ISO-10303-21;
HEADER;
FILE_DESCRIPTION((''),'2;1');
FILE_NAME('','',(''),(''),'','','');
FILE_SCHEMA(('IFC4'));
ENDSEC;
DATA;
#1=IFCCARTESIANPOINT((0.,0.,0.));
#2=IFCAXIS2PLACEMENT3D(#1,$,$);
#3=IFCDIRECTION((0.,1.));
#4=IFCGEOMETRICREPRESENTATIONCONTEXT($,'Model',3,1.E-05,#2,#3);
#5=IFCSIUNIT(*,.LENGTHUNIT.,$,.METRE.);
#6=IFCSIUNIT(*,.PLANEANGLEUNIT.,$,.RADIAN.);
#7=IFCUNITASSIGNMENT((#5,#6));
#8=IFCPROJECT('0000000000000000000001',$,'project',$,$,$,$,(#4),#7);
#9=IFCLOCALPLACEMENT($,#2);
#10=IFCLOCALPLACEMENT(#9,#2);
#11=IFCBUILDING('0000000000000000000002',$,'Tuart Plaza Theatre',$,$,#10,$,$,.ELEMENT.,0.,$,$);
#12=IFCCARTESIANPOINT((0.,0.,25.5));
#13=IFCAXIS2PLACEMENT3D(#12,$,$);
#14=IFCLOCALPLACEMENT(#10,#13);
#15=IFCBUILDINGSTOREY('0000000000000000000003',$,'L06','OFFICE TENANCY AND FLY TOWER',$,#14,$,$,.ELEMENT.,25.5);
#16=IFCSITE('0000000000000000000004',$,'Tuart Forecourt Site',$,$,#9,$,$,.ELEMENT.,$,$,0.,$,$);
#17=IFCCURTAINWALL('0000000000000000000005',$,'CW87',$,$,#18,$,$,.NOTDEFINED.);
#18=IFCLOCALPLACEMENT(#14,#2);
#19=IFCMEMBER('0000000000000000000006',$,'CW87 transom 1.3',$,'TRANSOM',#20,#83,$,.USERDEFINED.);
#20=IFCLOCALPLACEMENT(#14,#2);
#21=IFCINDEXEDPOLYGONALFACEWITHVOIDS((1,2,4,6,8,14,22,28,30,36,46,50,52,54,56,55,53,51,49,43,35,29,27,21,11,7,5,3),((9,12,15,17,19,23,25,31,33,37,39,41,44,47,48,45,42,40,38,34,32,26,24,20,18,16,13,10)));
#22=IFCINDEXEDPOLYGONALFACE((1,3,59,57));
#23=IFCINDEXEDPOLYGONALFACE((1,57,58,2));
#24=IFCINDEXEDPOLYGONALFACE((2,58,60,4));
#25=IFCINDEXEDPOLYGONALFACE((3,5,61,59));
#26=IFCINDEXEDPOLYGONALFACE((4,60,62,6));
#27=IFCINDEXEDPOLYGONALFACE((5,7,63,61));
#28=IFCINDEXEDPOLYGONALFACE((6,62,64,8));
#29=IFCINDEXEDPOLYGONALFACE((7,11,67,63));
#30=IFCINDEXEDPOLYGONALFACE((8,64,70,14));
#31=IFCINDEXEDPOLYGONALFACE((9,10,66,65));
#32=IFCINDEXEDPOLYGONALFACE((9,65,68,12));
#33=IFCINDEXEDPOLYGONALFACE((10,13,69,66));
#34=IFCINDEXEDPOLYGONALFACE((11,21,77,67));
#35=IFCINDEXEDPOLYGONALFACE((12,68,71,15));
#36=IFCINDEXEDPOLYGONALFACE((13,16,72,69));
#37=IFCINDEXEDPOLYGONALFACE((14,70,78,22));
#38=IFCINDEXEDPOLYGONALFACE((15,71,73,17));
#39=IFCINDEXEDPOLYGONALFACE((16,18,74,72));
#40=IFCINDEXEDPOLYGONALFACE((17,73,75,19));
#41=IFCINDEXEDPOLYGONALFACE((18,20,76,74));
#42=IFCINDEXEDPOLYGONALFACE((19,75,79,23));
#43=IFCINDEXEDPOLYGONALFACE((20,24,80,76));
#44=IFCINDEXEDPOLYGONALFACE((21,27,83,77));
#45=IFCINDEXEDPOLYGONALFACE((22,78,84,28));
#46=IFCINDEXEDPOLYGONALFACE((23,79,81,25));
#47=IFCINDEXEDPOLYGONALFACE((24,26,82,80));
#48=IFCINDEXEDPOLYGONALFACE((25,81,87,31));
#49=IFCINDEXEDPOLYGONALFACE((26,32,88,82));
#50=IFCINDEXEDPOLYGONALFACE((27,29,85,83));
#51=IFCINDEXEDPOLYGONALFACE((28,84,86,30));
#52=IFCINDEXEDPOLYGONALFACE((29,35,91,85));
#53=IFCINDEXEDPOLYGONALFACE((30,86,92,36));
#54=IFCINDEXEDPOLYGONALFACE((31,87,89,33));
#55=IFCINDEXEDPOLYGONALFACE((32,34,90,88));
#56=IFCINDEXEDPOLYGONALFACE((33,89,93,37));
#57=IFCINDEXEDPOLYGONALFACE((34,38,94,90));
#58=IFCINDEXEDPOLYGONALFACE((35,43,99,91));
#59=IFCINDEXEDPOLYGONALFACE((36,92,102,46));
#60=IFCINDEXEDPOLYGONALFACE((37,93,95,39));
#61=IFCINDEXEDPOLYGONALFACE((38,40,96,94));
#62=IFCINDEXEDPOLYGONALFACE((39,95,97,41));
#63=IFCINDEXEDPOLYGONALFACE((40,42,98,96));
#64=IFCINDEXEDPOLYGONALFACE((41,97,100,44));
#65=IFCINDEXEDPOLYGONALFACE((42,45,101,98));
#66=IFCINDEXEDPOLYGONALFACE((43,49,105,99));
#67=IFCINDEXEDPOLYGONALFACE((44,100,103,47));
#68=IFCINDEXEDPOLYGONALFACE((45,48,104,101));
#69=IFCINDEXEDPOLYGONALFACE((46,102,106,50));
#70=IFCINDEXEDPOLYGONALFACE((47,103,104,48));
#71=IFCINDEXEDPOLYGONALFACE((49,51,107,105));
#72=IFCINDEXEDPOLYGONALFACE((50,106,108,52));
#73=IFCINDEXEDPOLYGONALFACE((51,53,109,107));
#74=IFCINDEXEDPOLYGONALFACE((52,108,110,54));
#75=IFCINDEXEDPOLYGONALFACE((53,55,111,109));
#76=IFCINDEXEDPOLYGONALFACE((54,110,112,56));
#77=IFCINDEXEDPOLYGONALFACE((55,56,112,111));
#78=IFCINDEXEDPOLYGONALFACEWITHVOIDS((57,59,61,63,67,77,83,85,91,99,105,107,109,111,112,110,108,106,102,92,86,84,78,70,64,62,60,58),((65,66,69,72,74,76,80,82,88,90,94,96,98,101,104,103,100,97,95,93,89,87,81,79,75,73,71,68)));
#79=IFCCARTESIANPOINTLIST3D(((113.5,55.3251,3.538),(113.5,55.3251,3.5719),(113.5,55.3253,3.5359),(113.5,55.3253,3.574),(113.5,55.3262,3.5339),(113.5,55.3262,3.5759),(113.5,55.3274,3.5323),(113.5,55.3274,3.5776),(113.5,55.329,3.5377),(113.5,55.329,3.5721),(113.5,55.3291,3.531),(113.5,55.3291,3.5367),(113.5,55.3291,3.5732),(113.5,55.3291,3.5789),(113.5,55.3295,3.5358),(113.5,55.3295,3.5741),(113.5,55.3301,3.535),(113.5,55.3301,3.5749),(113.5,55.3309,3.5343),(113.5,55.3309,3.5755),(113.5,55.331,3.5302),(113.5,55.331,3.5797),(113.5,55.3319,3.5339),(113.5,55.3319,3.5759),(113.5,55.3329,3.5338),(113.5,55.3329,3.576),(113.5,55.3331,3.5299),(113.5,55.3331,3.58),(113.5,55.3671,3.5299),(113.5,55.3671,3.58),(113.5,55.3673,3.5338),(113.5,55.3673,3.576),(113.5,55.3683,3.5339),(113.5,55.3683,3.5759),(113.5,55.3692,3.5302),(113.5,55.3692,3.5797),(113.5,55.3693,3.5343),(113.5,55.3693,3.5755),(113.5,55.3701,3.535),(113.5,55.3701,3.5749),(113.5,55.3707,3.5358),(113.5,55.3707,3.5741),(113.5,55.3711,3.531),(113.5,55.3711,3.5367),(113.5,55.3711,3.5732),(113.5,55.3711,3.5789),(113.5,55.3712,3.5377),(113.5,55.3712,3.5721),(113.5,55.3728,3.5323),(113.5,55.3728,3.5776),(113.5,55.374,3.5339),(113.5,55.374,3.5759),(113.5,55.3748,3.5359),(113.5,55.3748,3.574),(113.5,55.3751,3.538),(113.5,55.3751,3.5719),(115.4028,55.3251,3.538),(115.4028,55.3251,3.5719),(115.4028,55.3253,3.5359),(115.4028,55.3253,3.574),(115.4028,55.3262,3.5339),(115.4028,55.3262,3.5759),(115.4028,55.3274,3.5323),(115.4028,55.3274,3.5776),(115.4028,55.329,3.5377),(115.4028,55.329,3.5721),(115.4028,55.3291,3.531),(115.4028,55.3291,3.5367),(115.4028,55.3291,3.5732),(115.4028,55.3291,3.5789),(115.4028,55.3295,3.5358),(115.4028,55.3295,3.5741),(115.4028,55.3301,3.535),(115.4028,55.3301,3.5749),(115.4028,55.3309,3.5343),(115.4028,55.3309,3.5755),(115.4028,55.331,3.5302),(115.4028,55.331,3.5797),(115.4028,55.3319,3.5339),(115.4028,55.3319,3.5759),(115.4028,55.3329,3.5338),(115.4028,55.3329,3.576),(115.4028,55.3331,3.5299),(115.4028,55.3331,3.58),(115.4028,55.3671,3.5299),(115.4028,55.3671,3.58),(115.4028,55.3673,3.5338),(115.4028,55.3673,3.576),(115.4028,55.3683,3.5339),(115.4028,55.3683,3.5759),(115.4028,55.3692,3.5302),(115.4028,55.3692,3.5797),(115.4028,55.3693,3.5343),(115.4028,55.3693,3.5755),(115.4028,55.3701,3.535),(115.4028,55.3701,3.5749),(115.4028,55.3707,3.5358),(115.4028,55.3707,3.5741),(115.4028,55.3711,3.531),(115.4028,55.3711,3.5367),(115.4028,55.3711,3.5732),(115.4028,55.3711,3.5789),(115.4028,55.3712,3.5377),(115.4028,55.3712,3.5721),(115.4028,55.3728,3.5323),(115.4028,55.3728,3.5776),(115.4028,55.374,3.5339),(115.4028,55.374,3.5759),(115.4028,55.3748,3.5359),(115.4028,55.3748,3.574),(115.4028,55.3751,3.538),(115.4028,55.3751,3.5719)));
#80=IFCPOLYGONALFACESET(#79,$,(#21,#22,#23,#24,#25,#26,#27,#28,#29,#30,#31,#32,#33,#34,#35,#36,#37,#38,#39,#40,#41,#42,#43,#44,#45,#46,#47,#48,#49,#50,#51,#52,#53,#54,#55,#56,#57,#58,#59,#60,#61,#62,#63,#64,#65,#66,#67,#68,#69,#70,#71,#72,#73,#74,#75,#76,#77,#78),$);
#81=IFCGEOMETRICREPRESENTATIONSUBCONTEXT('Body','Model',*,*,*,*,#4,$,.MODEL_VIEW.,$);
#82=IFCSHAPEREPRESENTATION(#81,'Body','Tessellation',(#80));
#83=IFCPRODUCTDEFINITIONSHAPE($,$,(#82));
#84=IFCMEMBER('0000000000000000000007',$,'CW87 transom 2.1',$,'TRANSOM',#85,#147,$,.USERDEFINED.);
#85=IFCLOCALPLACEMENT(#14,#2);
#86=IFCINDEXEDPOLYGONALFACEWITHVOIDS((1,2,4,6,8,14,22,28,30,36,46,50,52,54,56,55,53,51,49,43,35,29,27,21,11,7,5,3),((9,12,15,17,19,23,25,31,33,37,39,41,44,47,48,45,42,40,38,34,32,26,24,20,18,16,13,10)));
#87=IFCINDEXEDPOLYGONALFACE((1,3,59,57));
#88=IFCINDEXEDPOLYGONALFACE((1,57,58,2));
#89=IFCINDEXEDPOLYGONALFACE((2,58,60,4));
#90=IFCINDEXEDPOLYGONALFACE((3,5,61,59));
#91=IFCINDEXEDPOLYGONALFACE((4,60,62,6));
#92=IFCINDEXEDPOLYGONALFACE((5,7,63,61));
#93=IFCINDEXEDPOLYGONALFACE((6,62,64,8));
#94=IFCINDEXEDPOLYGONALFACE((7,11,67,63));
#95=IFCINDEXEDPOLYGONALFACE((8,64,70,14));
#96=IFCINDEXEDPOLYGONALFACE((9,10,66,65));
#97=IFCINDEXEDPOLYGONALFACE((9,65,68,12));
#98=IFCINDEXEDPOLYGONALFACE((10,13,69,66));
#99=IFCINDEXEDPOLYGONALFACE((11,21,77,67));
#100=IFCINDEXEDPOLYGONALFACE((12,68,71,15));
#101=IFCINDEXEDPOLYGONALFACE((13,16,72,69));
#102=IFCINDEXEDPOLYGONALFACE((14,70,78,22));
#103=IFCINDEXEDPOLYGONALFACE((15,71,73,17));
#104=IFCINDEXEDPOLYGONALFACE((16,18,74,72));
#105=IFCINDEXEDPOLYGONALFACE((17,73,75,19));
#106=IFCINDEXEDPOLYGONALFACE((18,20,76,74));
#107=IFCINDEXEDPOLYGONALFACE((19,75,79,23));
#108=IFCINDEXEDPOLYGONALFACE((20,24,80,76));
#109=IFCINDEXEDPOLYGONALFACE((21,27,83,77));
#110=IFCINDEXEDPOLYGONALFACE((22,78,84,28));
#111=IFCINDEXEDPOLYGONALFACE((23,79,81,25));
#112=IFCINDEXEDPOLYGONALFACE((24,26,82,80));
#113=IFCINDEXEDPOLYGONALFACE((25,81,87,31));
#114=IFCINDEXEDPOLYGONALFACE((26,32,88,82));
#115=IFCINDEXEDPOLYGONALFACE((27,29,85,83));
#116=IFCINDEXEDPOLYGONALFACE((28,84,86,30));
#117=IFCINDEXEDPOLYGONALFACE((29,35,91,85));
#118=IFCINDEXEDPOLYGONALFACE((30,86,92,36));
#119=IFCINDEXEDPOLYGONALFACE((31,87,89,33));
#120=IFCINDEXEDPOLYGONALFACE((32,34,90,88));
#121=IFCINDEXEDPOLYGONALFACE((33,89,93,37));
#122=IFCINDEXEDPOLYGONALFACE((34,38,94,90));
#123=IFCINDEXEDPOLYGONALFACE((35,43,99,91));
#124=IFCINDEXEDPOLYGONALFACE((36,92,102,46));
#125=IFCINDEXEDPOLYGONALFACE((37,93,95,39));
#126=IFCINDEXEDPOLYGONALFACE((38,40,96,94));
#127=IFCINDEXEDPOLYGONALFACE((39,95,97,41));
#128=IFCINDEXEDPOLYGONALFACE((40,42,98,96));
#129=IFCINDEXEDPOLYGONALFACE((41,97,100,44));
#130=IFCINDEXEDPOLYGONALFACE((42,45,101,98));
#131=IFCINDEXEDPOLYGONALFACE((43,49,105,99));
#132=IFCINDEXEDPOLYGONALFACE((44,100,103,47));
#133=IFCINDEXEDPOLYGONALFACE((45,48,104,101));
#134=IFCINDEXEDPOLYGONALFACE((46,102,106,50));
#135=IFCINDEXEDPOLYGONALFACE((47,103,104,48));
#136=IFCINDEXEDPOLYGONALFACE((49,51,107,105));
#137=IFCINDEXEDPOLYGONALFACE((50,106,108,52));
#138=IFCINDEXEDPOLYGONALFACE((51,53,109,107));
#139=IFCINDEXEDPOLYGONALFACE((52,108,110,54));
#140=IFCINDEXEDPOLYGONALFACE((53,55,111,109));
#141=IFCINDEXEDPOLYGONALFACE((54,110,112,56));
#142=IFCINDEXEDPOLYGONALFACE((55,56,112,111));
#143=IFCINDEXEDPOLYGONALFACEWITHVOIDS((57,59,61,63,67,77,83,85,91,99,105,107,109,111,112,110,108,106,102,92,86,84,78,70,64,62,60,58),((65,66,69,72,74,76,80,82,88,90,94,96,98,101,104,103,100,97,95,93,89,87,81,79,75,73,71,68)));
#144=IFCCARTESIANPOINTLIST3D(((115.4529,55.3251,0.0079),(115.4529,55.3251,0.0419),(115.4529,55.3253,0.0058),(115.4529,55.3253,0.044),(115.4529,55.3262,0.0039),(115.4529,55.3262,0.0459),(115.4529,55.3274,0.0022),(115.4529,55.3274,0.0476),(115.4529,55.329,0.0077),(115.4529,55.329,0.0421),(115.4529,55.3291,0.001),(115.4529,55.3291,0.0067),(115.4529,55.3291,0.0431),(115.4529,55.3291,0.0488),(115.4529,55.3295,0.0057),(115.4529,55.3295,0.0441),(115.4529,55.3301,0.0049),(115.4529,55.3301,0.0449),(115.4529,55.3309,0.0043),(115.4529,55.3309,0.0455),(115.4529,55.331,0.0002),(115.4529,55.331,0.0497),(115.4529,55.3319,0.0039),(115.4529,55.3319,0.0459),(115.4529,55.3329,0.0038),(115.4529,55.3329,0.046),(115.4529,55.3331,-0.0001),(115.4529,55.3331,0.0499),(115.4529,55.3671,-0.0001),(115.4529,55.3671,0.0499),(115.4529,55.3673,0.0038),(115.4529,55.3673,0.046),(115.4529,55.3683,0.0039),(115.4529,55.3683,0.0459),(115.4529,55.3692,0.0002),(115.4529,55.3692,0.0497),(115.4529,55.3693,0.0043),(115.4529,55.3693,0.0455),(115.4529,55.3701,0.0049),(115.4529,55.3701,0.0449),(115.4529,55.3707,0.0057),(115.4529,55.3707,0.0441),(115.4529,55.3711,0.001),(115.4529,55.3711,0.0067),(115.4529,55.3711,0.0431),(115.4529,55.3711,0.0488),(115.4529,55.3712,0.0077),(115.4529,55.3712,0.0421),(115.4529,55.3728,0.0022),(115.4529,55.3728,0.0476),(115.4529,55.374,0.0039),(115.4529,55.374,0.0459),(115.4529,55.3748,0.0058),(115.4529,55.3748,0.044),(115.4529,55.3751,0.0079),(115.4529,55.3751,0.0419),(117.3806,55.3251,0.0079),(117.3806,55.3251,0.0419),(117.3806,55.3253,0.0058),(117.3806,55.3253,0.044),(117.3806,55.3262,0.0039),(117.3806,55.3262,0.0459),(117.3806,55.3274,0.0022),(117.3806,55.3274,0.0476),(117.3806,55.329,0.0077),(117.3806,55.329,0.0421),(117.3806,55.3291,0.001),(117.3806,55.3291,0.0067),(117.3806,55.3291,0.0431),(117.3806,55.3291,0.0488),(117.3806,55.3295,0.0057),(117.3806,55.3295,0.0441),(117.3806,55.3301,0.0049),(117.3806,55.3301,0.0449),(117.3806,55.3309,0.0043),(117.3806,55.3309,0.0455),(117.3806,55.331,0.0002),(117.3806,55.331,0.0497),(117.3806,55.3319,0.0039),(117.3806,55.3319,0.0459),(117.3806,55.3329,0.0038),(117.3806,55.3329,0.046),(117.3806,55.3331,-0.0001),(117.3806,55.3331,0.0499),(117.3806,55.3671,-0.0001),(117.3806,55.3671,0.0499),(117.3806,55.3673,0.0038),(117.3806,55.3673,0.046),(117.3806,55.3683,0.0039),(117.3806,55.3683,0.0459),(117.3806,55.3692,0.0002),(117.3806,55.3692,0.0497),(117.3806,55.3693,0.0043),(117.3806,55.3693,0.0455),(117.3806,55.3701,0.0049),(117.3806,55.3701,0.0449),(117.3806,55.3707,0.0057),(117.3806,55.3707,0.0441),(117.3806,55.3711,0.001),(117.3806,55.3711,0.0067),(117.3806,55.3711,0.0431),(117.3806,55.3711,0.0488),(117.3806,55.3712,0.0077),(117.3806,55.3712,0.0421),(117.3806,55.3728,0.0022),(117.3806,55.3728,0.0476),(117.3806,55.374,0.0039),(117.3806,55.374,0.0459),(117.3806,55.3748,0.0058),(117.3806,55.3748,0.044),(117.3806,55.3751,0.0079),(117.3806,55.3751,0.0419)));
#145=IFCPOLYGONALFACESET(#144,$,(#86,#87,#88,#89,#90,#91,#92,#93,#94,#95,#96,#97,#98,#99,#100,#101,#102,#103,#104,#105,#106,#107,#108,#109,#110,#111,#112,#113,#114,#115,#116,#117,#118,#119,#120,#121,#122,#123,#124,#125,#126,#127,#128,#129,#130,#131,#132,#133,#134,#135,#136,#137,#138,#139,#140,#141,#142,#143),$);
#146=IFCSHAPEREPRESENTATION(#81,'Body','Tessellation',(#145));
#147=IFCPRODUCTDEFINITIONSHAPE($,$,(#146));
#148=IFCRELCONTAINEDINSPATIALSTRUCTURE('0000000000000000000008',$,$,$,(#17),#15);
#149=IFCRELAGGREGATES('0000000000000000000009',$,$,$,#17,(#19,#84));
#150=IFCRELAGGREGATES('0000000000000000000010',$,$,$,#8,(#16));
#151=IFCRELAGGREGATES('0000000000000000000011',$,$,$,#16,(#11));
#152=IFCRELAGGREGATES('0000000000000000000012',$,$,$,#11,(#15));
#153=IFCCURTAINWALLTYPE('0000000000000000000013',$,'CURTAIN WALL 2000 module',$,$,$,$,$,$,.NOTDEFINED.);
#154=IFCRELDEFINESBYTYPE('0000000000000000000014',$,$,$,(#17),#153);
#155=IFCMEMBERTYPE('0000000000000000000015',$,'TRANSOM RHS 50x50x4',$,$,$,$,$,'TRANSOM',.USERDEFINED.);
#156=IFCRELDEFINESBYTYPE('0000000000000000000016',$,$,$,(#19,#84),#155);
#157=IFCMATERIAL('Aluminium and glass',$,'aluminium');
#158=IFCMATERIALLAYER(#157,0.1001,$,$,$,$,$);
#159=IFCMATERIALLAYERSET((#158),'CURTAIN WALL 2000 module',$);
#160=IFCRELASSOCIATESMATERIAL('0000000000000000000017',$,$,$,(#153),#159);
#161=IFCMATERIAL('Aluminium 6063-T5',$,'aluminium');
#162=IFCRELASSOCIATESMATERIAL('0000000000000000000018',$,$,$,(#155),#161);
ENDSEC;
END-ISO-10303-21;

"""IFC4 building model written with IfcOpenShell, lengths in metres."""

from ifc_helpers import new_model, si_unit, direction, frame, origin, origin_2d, place, context, subcontext, project, spatial, hollow_rectangle, extrude, material, layer, layer_set, material_profile, profile_set, type_object, element, aggregate, save


model = new_model("IFC4")

# Units and contexts
model_context = context("Model", 3, precision=1e-05, world=origin(), true_north=direction((0.0, 1.0)))
body_context = subcontext(model_context, "Body", "Model", "MODEL_VIEW")
ifc_project = project(units=[si_unit("LENGTHUNIT", "METRE"), si_unit("PLANEANGLEUNIT", "RADIAN")], contexts=[model_context])

# Site, building, storey
site_placement = place(None, origin())
site = spatial("IfcSite", under=ifc_project, at=site_placement, Name="Tuart Forecourt Site", CompositionType="ELEMENT", RefElevation=0.0)
building_placement = place(site_placement, origin())
building = spatial("IfcBuilding", under=site, at=building_placement, Name="Tuart Plaza Theatre", CompositionType="ELEMENT", ElevationOfRefHeight=0.0)
storey_placement = place(building_placement, frame((0.0, 0.0, 25.5)))
storey = spatial("IfcBuildingStorey", under=building, at=storey_placement, Name="L06", Description="OFFICE TENANCY AND FLY TOWER", CompositionType="ELEMENT", Elevation=25.5)

# Curtain wall
ifc_material_1 = material(Name="Aluminium and glass", Category="aluminium")
ifc_layer_1 = layer(ifc_material_1, 0.1001)
ifc_layer_set_1 = layer_set([ifc_layer_1], Name="CURTAIN WALL 2000 module")
curtain_wall_type = type_object("IfcCurtainWallType", Name="CURTAIN WALL 2000 module", PredefinedType="NOTDEFINED", material=ifc_layer_set_1)
curtain_wall_1_placement = place(storey_placement, origin())
curtain_wall_1 = element("IfcCurtainWall", 1, at=curtain_wall_1_placement, inside=storey, type_object=curtain_wall_type, Name="CW87", PredefinedType="NOTDEFINED")
ifc_material_2 = material(Name="Aluminium 6063-T5", Category="aluminium")
ifc_material_profile_1 = material_profile(ifc_material_2, hollow_rectangle(XDim=0.05, YDim=0.05, WallThickness=0.0039, InnerFilletRadius=0.0039, OuterFilletRadius=0.0081, at=origin_2d()), Name="RHS 50x50x4")
ifc_profile_set_1 = profile_set([ifc_material_profile_1], Name="Aluminium 6063-T5")
member_type_1 = type_object("IfcMemberType", Name="TRANSOM RHS 50x50x4", ElementType="TRANSOM", PredefinedType="USERDEFINED", material=ifc_profile_set_1)

# Members
member_1_placement = place(storey_placement, frame((113.5, 55.3501, 3.5549), z_axis=(1.0, 0.0, 0.0), x_axis=(0.0, 1.0, 0.0)))
member_1 = element("IfcMember", 2, at=member_1_placement, type_object=member_type_1, Name="CW87 transom 1.3", ObjectType="TRANSOM", PredefinedType="USERDEFINED", context=body_context, shape_type="SweptSolid", body=[
    extrude(hollow_rectangle(XDim=0.05, YDim=0.05, WallThickness=0.0039, InnerFilletRadius=0.0039, OuterFilletRadius=0.0081, at=origin_2d()), origin(), (0.0, 0.0, 1.0), 1.9028),
])
member_2_placement = place(storey_placement, frame((115.4529, 55.3501, 0.0249), z_axis=(1.0, 0.0, 0.0), x_axis=(0.0, 1.0, 0.0)))
member_2 = element("IfcMember", 3, at=member_2_placement, type_object=member_type_1, Name="CW87 transom 2.1", ObjectType="TRANSOM", PredefinedType="USERDEFINED", context=body_context, shape_type="SweptSolid", body=[
    extrude(hollow_rectangle(XDim=0.05, YDim=0.05, WallThickness=0.0039, InnerFilletRadius=0.0039, OuterFilletRadius=0.0081, at=origin_2d()), origin(), (0.0, 0.0, 1.0), 1.9277),
])

aggregate(curtain_wall_1, [member_1, member_2])

save(model, "model.ifc")
